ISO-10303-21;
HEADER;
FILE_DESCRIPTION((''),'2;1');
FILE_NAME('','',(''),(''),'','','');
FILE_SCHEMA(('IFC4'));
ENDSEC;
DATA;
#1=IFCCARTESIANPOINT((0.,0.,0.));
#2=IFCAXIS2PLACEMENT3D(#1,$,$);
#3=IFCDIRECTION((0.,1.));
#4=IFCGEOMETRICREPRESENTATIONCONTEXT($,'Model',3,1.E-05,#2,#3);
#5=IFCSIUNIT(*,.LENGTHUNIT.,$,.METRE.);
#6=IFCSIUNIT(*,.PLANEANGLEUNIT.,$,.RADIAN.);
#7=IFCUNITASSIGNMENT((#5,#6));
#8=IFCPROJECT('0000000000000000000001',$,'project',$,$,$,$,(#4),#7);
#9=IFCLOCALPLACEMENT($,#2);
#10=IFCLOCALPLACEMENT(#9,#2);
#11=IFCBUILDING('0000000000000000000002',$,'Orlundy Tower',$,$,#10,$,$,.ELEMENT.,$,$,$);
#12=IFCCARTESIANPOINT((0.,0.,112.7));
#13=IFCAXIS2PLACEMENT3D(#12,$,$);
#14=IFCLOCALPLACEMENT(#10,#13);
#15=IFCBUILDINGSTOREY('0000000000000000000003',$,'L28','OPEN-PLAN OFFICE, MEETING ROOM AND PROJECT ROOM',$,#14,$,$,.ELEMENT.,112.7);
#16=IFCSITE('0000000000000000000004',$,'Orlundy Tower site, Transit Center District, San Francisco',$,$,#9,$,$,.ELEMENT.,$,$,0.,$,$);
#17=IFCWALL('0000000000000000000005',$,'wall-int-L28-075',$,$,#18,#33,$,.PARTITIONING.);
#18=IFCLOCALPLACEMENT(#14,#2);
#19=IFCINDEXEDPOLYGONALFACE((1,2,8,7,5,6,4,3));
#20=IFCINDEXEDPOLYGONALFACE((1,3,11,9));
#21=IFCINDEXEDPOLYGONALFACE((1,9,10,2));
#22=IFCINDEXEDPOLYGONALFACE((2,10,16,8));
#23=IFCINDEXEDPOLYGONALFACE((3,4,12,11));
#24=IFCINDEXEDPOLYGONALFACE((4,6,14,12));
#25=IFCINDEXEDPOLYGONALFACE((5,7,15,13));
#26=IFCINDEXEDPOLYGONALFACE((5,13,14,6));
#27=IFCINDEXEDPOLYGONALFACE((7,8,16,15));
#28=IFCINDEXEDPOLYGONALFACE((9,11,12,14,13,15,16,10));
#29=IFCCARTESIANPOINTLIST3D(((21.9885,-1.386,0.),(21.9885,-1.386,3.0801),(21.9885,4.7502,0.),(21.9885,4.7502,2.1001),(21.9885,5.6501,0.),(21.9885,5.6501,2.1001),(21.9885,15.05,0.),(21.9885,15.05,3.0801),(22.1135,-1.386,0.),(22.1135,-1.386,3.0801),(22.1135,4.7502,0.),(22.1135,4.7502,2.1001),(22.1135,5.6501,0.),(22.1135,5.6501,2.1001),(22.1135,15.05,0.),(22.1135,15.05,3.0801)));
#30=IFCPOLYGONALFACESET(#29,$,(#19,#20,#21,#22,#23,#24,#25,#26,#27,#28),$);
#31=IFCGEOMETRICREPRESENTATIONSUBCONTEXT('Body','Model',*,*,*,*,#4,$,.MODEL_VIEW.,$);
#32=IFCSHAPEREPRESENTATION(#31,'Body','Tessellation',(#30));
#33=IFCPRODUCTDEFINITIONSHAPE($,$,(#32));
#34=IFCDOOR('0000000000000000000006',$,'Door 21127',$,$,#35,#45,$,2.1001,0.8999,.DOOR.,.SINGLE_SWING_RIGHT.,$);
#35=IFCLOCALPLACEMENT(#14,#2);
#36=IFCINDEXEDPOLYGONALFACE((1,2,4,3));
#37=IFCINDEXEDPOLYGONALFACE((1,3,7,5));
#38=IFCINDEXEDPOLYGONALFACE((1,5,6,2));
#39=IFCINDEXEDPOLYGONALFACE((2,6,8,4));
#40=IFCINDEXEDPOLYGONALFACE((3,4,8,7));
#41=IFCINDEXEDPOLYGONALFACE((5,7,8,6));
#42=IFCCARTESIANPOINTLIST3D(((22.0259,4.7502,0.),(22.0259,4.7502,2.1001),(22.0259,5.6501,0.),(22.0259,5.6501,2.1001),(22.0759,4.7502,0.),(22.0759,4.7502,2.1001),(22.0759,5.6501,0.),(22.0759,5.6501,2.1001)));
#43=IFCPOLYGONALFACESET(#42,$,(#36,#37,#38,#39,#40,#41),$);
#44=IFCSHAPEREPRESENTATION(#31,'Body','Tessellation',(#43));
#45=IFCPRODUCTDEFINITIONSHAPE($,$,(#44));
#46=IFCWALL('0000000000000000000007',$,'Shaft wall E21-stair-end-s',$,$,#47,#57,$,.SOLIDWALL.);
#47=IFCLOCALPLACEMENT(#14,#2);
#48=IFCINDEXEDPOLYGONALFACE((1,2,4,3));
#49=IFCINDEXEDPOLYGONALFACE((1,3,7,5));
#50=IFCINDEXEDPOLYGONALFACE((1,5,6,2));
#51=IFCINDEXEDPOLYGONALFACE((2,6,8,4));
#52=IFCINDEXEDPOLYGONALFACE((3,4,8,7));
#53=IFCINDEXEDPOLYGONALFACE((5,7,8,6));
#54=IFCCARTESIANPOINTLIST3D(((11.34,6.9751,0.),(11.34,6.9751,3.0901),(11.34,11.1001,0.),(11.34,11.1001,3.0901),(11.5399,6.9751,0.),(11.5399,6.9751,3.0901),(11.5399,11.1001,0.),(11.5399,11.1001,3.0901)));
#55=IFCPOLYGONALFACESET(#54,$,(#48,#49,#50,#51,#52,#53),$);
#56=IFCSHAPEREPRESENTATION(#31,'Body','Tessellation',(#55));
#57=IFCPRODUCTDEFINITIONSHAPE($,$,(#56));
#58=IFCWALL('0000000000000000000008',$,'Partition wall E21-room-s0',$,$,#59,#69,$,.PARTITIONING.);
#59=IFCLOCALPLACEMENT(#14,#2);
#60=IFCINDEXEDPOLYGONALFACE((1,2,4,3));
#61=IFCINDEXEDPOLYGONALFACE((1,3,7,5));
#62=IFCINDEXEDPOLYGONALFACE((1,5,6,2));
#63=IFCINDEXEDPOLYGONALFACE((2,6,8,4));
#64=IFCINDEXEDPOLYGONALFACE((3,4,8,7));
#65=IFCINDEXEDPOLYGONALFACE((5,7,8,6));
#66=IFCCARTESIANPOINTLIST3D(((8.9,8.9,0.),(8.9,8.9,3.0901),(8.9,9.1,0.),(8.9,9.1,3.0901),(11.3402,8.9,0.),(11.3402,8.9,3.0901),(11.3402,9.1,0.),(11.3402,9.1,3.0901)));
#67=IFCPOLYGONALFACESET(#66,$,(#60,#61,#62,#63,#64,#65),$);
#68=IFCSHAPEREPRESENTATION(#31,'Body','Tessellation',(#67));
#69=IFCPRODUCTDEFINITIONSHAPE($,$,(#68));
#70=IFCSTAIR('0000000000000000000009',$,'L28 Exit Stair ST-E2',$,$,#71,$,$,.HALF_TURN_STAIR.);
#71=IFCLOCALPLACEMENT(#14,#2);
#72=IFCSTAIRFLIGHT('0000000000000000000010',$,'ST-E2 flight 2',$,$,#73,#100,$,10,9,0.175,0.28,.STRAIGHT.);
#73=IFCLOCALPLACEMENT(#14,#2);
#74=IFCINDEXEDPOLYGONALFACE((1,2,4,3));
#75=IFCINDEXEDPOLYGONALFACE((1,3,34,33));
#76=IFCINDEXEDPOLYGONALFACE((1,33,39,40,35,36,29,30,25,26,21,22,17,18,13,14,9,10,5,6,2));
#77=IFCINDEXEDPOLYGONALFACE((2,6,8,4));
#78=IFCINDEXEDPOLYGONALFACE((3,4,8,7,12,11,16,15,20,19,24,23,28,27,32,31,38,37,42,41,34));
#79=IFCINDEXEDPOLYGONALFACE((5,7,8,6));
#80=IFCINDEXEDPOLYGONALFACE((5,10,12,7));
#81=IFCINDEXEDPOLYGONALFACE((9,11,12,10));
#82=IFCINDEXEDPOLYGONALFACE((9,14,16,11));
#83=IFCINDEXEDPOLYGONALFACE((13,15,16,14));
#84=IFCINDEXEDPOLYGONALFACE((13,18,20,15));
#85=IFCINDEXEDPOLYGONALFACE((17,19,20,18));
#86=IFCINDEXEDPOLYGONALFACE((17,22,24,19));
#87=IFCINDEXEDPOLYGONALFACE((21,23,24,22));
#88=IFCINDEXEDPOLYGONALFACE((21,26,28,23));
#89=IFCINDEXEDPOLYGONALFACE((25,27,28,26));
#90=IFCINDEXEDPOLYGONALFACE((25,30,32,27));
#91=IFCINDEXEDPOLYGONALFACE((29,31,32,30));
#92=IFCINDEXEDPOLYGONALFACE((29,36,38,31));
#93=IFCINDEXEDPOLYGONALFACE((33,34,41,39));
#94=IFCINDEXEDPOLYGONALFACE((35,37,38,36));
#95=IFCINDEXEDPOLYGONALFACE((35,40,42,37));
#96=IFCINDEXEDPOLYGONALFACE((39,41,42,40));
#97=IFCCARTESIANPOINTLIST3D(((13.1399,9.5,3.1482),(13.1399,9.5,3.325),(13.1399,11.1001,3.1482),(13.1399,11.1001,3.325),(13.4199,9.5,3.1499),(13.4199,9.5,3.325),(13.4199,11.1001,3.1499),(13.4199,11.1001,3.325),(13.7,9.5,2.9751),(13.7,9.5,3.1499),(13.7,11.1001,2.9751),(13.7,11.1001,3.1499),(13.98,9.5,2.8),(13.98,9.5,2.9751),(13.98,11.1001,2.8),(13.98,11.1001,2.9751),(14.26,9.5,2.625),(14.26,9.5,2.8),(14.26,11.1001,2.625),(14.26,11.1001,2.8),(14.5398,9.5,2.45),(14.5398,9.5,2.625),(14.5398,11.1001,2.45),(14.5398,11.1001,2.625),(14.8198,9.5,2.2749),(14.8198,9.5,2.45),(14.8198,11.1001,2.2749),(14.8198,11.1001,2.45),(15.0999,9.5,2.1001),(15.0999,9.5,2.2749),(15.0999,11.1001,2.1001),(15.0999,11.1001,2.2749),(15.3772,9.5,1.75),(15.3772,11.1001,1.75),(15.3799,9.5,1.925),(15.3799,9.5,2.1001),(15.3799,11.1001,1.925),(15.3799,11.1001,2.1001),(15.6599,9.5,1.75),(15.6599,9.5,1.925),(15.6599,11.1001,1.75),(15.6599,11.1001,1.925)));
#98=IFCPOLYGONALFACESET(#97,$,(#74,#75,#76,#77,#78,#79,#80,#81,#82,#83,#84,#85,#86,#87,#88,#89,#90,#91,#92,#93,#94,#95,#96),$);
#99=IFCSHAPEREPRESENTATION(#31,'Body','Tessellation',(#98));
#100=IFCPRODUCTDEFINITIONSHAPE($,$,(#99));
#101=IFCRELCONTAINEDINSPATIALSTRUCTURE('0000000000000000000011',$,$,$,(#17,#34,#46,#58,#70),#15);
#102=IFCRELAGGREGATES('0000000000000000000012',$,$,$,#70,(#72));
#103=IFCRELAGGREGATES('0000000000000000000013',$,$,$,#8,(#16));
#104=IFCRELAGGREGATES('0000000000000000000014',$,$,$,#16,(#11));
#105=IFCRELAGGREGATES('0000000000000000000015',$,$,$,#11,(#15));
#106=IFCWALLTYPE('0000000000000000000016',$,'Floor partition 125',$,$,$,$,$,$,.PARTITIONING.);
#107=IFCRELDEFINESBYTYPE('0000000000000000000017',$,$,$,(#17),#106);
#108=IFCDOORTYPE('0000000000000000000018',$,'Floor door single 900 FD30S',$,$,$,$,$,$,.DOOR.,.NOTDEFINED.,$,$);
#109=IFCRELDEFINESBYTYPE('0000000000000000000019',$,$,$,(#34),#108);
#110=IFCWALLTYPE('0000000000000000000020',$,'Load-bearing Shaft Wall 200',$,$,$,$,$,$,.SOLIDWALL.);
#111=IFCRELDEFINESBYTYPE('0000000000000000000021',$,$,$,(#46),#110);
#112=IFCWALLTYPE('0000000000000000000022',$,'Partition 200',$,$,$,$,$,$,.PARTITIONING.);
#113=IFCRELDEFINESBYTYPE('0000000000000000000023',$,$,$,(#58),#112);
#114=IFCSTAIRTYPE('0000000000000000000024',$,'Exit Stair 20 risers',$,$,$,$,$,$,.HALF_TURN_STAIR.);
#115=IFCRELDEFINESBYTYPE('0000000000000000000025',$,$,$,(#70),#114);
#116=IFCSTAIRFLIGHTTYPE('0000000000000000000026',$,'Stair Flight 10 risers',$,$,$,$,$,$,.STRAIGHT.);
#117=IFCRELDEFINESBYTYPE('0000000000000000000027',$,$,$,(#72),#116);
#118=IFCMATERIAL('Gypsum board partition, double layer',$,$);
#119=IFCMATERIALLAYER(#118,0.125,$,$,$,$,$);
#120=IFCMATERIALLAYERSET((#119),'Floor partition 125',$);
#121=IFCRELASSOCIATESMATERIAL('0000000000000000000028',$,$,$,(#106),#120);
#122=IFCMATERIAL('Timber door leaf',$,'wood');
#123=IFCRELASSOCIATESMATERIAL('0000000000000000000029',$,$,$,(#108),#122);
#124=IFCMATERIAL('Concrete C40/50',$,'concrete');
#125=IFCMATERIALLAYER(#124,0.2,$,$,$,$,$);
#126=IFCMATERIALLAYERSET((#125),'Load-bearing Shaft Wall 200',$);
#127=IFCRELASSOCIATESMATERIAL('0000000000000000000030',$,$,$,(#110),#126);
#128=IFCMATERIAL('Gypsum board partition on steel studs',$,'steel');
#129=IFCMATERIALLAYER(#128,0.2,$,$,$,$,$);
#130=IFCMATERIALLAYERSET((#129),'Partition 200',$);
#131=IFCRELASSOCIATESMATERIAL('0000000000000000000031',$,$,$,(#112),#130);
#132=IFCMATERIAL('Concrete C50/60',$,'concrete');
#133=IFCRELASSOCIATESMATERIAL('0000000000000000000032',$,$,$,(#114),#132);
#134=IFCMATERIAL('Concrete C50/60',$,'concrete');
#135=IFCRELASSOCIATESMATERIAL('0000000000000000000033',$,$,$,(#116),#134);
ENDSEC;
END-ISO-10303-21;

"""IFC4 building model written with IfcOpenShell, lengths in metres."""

from ifc_helpers import new_model, si_unit, direction, frame, frame_2d, origin, place, context, subcontext, project, spatial, polyline, rectangle, outline, extrude, material, layer, layer_set, type_object, element, fill, aggregate, save


model = new_model("IFC4")

# Units and contexts
model_context = context("Model", 3, precision=1e-05, world=origin(), true_north=direction((0.0, 1.0)))
body_context = subcontext(model_context, "Body", "Model", "MODEL_VIEW")
ifc_project = project(units=[si_unit("LENGTHUNIT", "METRE"), si_unit("PLANEANGLEUNIT", "RADIAN")], contexts=[model_context])

# Site, building, storey
site_placement = place(None, origin())
site = spatial("IfcSite", under=ifc_project, at=site_placement, Name="Orlundy Tower site, Transit Center District, San Francisco", CompositionType="ELEMENT", RefElevation=0.0)
building_placement = place(site_placement, origin())
building = spatial("IfcBuilding", under=site, at=building_placement, Name="Orlundy Tower", CompositionType="ELEMENT")
storey_placement = place(building_placement, frame((0.0, 0.0, 112.7)))
storey = spatial("IfcBuildingStorey", under=building, at=storey_placement, Name="L28", Description="OPEN-PLAN OFFICE, MEETING ROOM AND PROJECT ROOM", CompositionType="ELEMENT", Elevation=112.7)

# Wall, opening, door
ifc_material_1 = material(Name="Gypsum board partition, double layer")
ifc_layer_1 = layer(ifc_material_1, 0.125)
ifc_layer_set_1 = layer_set([ifc_layer_1], Name="Floor partition 125")
wall_type_1 = type_object("IfcWallType", Name="Floor partition 125", PredefinedType="PARTITIONING", material=ifc_layer_set_1)
wall_1_placement = place(storey_placement, frame((22.051, 15.05, 0.0), z_axis=(0.0, 0.0, 1.0), x_axis=(0.0, -1.0, 0.0)))
wall_1 = element("IfcWall", 1, at=wall_1_placement, inside=storey, type_object=wall_type_1, Name="wall-int-L28-075", PredefinedType="PARTITIONING", context=body_context, shape_type="SweptSolid", body=[
    extrude(rectangle(XDim=16.436, YDim=0.125, at=frame_2d((8.218, 0.0))), origin(), (0.0, 0.0, 1.0), 3.0801),
])
opening_1_placement = place(wall_1_placement, frame((9.3999, 0.0, 0.0)))
opening_1 = element("IfcOpeningElement", 2, at=opening_1_placement, cuts=wall_1, PredefinedType="OPENING", context=body_context, shape_type="SweptSolid", body=[
    extrude(rectangle(XDim=0.8999, YDim=2.1001, at=frame_2d((0.45, 1.05))), frame((0.0, 0.0725, 0.0), z_axis=(0.0, -1.0, 0.0), x_axis=(1.0, 0.0, 0.0)), (0.0, 0.0, 1.0), 0.145),
])
ifc_material_2 = material(Name="Timber door leaf", Category="wood")
door_type_1 = type_object("IfcDoorType", Name="Floor door single 900 FD30S", OperationType="NOTDEFINED", PredefinedType="DOOR", material=ifc_material_2)
door_1_placement = place(opening_1_placement, origin())
door_1 = element("IfcDoor", 3, at=door_1_placement, inside=storey, type_object=door_type_1, Name="Door 21127", OperationType="SINGLE_SWING_RIGHT", OverallHeight=2.1001, OverallWidth=0.8999, PredefinedType="DOOR", context=body_context, shape_type="SweptSolid", body=[
    extrude(rectangle(XDim=0.8999, YDim=2.1001, at=frame_2d((0.45, 1.05))), frame((0.0, 0.0249, 0.0), z_axis=(0.0, -1.0, 0.0), x_axis=(1.0, 0.0, 0.0)), (0.0, 0.0, 1.0), 0.05),
])
fill(opening_1, door_1)

# Walls
ifc_material_3 = material(Name="Concrete C40/50", Category="concrete")
ifc_layer_2 = layer(ifc_material_3, 0.2)
ifc_layer_set_2 = layer_set([ifc_layer_2], Name="Load-bearing Shaft Wall 200")
wall_type_2 = type_object("IfcWallType", Name="Load-bearing Shaft Wall 200", PredefinedType="SOLIDWALL", material=ifc_layer_set_2)
wall_2_placement = place(storey_placement, frame((11.4399, 11.1001, 0.0), z_axis=(0.0, 0.0, 1.0), x_axis=(0.0, -1.0, 0.0)))
element("IfcWall", 4, at=wall_2_placement, inside=storey, type_object=wall_type_2, Name="Shaft wall E21-stair-end-s", PredefinedType="SOLIDWALL", context=body_context, shape_type="SweptSolid", body=[
    extrude(rectangle(XDim=4.125, YDim=0.2, at=frame_2d((2.0625, 0.0))), origin(), (0.0, 0.0, 1.0), 3.0901),
])
ifc_material_4 = material(Name="Gypsum board partition on steel studs", Category="steel")
ifc_layer_3 = layer(ifc_material_4, 0.2)
ifc_layer_set_3 = layer_set([ifc_layer_3], Name="Partition 200")
wall_type_3 = type_object("IfcWallType", Name="Partition 200", PredefinedType="PARTITIONING", material=ifc_layer_set_3)
wall_3_placement = place(storey_placement, frame((8.8999, 9.0, 0.0), z_axis=(0.0, 0.0, 1.0), x_axis=(1.0, 0.0, 0.0)))
element("IfcWall", 5, at=wall_3_placement, inside=storey, type_object=wall_type_3, Name="Partition wall E21-room-s0", PredefinedType="PARTITIONING", context=body_context, shape_type="SweptSolid", body=[
    extrude(rectangle(XDim=2.4402, YDim=0.2, at=frame_2d((1.2202, 0.0))), origin(), (0.0, 0.0, 1.0), 3.0901),
])

# Stair, stair flight
ifc_material_5 = material(Name="Concrete C50/60", Category="concrete")
stair_type = type_object("IfcStairType", Name="Exit Stair 20 risers", PredefinedType="HALF_TURN_STAIR", material=ifc_material_5)
stair_placement = place(storey_placement, origin())
stair = element("IfcStair", 6, at=stair_placement, inside=storey, type_object=stair_type, Name="L28 Exit Stair ST-E2", PredefinedType="HALF_TURN_STAIR")
ifc_material_6 = material(Name="Concrete C50/60", Category="concrete")
stair_flight_type = type_object("IfcStairFlightType", Name="Stair Flight 10 risers", PredefinedType="STRAIGHT", material=ifc_material_6)
stair_flight_placement = place(storey_placement, frame((15.6599, 10.3, 1.75), z_axis=(0.0, 0.0, 1.0), x_axis=(-1.0, 0.0, 0.0)))
stair_flight = element("IfcStairFlight", 7, at=stair_flight_placement, type_object=stair_flight_type, Name="ST-E2 flight 2", NumberOfRisers=10, NumberOfTreads=9, PredefinedType="STRAIGHT", RiserHeight=0.175, TreadLength=0.28, context=body_context, shape_type="SweptSolid", body=[
    extrude(outline(polyline([(0.0, 0.0), (0.0, 0.175), (0.28, 0.175), (0.28, 0.3501), (0.5601, 0.3501), (0.5601, 0.5249), (0.8401, 0.5249), (0.8401, 0.7), (1.1201, 0.7), (1.1201, 0.875), (1.3999, 0.875), (1.3999, 1.05), (1.6799, 1.05), (1.6799, 1.2251), (1.96, 1.2251), (1.96, 1.3999), (2.24, 1.3999), (2.24, 1.575), (2.52, 1.575), (2.52, 1.75), (2.52, 1.3982), (0.2827, 0.0), (0.0, 0.0)])), frame((0.0, 0.8, 0.0), z_axis=(0.0, -1.0, 0.0), x_axis=(1.0, 0.0, 0.0)), (0.0, 0.0, 1.0), 1.6001),
])
aggregate(stair, [stair_flight])

save(model, "model.ifc")
